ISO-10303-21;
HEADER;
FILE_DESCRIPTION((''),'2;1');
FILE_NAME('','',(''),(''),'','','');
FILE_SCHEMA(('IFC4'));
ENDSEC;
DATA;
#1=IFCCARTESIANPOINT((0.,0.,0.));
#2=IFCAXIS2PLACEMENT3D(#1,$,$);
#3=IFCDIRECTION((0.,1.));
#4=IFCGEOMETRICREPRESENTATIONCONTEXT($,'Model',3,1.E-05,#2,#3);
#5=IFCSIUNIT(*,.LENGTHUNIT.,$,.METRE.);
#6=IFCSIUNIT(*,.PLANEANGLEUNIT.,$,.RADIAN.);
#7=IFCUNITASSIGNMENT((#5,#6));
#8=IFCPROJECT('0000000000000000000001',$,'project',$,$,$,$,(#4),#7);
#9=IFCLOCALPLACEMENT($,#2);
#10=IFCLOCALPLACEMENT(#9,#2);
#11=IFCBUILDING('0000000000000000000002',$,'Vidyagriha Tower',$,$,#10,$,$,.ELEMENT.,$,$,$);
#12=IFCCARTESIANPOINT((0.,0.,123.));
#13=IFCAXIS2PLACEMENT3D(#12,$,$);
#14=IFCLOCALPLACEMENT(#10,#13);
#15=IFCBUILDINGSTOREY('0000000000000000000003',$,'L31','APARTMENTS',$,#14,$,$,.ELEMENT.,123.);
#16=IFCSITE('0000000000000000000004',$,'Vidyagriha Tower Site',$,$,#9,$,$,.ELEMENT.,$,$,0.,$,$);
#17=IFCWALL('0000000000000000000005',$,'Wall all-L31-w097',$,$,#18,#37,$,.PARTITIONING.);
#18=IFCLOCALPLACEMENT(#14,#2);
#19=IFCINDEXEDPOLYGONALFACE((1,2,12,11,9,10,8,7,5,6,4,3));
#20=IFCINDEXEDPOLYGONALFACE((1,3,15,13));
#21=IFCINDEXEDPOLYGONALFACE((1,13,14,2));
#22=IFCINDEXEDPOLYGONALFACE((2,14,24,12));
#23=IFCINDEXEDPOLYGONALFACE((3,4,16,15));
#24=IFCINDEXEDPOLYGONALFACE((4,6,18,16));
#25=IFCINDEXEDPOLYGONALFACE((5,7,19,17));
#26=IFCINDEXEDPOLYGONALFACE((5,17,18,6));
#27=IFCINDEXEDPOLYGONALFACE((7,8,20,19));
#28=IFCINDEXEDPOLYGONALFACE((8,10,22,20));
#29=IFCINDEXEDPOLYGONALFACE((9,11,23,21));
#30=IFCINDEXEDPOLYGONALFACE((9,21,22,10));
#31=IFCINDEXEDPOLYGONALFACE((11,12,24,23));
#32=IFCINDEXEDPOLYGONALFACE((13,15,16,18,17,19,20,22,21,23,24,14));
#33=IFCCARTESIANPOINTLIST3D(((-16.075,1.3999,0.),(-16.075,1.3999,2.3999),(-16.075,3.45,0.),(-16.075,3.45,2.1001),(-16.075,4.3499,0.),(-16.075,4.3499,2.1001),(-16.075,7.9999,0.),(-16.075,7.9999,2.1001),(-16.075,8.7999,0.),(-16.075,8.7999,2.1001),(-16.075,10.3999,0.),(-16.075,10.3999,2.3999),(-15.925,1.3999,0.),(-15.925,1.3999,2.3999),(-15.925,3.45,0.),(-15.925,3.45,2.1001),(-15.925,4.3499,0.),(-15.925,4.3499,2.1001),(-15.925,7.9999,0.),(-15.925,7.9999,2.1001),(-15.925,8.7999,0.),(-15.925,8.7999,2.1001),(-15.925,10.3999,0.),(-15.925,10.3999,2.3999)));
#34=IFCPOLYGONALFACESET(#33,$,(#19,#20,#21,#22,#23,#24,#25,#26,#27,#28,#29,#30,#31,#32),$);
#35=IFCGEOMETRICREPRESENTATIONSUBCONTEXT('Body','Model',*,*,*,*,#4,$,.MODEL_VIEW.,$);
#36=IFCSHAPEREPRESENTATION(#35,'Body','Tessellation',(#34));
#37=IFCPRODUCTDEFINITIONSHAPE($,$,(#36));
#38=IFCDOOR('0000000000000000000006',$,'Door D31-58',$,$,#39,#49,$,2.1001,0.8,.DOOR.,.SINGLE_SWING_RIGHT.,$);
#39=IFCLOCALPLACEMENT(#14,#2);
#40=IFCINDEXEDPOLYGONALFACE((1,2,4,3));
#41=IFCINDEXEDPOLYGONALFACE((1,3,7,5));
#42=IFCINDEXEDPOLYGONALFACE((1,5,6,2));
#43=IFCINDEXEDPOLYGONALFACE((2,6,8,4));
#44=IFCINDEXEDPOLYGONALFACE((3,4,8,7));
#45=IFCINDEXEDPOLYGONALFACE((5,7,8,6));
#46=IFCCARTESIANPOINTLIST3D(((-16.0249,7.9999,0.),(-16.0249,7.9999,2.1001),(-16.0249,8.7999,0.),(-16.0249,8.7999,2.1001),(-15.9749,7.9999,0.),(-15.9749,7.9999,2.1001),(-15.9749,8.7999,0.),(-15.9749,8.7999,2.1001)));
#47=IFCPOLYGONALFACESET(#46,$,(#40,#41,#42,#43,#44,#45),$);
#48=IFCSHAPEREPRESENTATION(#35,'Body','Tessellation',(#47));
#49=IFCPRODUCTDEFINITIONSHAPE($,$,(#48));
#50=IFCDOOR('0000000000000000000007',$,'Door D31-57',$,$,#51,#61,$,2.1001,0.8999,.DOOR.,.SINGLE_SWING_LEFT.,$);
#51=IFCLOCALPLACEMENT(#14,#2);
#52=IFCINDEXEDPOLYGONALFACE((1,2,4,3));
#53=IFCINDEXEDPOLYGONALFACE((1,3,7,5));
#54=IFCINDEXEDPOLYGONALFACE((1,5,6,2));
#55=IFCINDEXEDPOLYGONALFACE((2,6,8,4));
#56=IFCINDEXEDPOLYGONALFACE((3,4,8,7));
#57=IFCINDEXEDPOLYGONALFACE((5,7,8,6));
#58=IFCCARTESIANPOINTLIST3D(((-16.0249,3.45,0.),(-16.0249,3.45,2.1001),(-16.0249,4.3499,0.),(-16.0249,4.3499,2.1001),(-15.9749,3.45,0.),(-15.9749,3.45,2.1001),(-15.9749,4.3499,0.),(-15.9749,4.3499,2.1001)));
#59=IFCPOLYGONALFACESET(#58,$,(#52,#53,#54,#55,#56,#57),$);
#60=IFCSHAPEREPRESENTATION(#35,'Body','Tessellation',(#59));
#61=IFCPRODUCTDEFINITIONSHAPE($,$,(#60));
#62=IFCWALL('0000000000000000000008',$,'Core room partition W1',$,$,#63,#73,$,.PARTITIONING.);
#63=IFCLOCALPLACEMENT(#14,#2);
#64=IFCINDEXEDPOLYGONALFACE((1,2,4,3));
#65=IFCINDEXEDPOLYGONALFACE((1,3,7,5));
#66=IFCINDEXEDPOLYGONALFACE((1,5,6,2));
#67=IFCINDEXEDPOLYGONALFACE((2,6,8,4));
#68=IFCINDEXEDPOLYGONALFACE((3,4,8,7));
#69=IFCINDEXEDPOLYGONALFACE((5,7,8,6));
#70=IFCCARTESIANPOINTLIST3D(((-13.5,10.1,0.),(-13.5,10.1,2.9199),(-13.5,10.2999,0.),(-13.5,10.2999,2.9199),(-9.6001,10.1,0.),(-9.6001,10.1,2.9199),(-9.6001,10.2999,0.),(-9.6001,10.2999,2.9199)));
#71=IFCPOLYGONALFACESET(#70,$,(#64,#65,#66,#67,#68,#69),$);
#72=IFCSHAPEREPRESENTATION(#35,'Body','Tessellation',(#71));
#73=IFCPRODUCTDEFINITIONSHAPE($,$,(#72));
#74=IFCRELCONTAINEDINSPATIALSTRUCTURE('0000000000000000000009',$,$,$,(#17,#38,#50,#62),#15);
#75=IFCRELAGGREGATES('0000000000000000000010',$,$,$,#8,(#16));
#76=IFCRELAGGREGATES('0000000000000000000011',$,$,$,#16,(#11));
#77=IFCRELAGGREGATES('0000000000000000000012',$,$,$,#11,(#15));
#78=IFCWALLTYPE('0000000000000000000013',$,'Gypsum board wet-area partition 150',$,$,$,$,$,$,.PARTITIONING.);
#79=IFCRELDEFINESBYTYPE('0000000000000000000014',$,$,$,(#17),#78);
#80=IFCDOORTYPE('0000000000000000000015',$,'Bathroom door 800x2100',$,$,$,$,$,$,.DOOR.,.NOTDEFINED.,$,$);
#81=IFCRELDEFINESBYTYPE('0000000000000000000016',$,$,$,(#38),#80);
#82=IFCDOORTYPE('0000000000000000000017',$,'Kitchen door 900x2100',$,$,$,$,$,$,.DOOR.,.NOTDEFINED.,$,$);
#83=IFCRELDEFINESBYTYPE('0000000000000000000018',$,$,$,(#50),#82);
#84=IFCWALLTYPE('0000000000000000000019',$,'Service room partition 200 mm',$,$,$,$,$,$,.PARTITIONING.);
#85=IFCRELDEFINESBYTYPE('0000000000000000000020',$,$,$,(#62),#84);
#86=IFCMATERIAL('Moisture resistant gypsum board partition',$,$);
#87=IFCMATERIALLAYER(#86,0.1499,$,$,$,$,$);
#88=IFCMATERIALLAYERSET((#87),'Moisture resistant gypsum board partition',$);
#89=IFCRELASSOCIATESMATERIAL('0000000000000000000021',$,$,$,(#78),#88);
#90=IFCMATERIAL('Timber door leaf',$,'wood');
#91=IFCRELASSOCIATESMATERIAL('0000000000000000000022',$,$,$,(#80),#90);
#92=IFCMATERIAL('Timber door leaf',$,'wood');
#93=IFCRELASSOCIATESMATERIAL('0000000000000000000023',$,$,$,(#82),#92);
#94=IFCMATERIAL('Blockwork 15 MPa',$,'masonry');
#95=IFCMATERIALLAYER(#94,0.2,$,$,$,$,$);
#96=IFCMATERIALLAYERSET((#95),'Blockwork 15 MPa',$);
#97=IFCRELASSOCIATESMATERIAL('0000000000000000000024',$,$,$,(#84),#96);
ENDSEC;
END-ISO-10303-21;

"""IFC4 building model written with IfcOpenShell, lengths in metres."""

from ifc_helpers import new_model, si_unit, direction, frame, frame_2d, origin, place, context, subcontext, project, spatial, rectangle, extrude, material, layer, layer_set, type_object, element, fill, save


model = new_model("IFC4")

# Units and contexts
model_context = context("Model", 3, precision=1e-05, world=origin(), true_north=direction((0.0, 1.0)))
body_context = subcontext(model_context, "Body", "Model", "MODEL_VIEW")
ifc_project = project(units=[si_unit("LENGTHUNIT", "METRE"), si_unit("PLANEANGLEUNIT", "RADIAN")], contexts=[model_context])

# Site, building, storey
site_placement = place(None, origin())
site = spatial("IfcSite", under=ifc_project, at=site_placement, Name="Vidyagriha Tower Site", CompositionType="ELEMENT", RefElevation=0.0)
building_placement = place(site_placement, origin())
building = spatial("IfcBuilding", under=site, at=building_placement, Name="Vidyagriha Tower", CompositionType="ELEMENT")
storey_placement = place(building_placement, frame((0.0, 0.0, 123.0)))
storey = spatial("IfcBuildingStorey", under=building, at=storey_placement, Name="L31", Description="APARTMENTS", CompositionType="ELEMENT", Elevation=123.0)

# Wall, openings, doors
ifc_material_1 = material(Name="Moisture resistant gypsum board partition")
ifc_layer_1 = layer(ifc_material_1, 0.1499)
ifc_layer_set_1 = layer_set([ifc_layer_1], Name="Moisture resistant gypsum board partition")
wall_type_1 = type_object("IfcWallType", Name="Gypsum board wet-area partition 150", PredefinedType="PARTITIONING", material=ifc_layer_set_1)
wall_1_placement = place(storey_placement, frame((-16.0, 1.3999, 0.0), z_axis=(0.0, 0.0, 1.0), x_axis=(0.0, 1.0, 0.0)))
wall_1 = element("IfcWall", 1, at=wall_1_placement, inside=storey, type_object=wall_type_1, Name="Wall all-L31-w097", PredefinedType="PARTITIONING", context=body_context, shape_type="SweptSolid", body=[
    extrude(rectangle(XDim=9.0, YDim=0.1499, at=frame_2d((4.5, 0.0))), origin(), (0.0, 0.0, 1.0), 2.3999),
])
opening_1_placement = place(wall_1_placement, frame((2.05, 0.0, 0.0)))
opening_1 = element("IfcOpeningElement", 2, at=opening_1_placement, cuts=wall_1, PredefinedType="OPENING", context=body_context, shape_type="SweptSolid", body=[
    extrude(rectangle(XDim=0.8999, YDim=2.1001, at=frame_2d((0.45, 1.05))), frame((0.0, 0.085, 0.0), z_axis=(0.0, -1.0, 0.0), x_axis=(1.0, 0.0, 0.0)), (0.0, 0.0, 1.0), 0.1699),
])
opening_2_placement = place(wall_1_placement, frame((6.6001, 0.0, 0.0)))
opening_2 = element("IfcOpeningElement", 3, at=opening_2_placement, cuts=wall_1, PredefinedType="OPENING", context=body_context, shape_type="SweptSolid", body=[
    extrude(rectangle(XDim=0.8, YDim=2.1001, at=frame_2d((0.3999, 1.05))), frame((0.0, 0.085, 0.0), z_axis=(0.0, -1.0, 0.0), x_axis=(1.0, 0.0, 0.0)), (0.0, 0.0, 1.0), 0.1699),
])
ifc_material_2 = material(Name="Timber door leaf", Category="wood")
door_type_1 = type_object("IfcDoorType", Name="Bathroom door 800x2100", OperationType="NOTDEFINED", PredefinedType="DOOR", material=ifc_material_2)
door_1_placement = place(opening_2_placement, origin())
door_1 = element("IfcDoor", 4, at=door_1_placement, inside=storey, type_object=door_type_1, Name="Door D31-58", OperationType="SINGLE_SWING_RIGHT", OverallHeight=2.1001, OverallWidth=0.8, PredefinedType="DOOR", context=body_context, shape_type="SweptSolid", body=[
    extrude(rectangle(XDim=0.8, YDim=2.1001, at=frame_2d((0.3999, 1.05))), frame((0.0, 0.0249, 0.0), z_axis=(0.0, -1.0, 0.0), x_axis=(1.0, 0.0, 0.0)), (0.0, 0.0, 1.0), 0.05),
])
fill(opening_2, door_1)
ifc_material_3 = material(Name="Timber door leaf", Category="wood")
door_type_2 = type_object("IfcDoorType", Name="Kitchen door 900x2100", OperationType="NOTDEFINED", PredefinedType="DOOR", material=ifc_material_3)
door_2_placement = place(opening_1_placement, origin())
door_2 = element("IfcDoor", 5, at=door_2_placement, inside=storey, type_object=door_type_2, Name="Door D31-57", OperationType="SINGLE_SWING_LEFT", OverallHeight=2.1001, OverallWidth=0.8999, PredefinedType="DOOR", context=body_context, shape_type="SweptSolid", body=[
    extrude(rectangle(XDim=0.8999, YDim=2.1001, at=frame_2d((0.45, 1.05))), frame((0.0, 0.0249, 0.0), z_axis=(0.0, -1.0, 0.0), x_axis=(1.0, 0.0, 0.0)), (0.0, 0.0, 1.0), 0.05),
])
fill(opening_1, door_2)

# Wall
ifc_material_4 = material(Name="Blockwork 15 MPa", Category="masonry")
ifc_layer_2 = layer(ifc_material_4, 0.2)
ifc_layer_set_2 = layer_set([ifc_layer_2], Name="Blockwork 15 MPa")
wall_type_2 = type_object("IfcWallType", Name="Service room partition 200 mm", PredefinedType="PARTITIONING", material=ifc_layer_set_2)
wall_2_placement = place(storey_placement, frame((-13.5, 10.2, 0.0)))
element("IfcWall", 6, at=wall_2_placement, inside=storey, type_object=wall_type_2, Name="Core room partition W1", PredefinedType="PARTITIONING", context=body_context, shape_type="SweptSolid", body=[
    extrude(rectangle(XDim=3.8999, YDim=0.2, at=frame_2d((1.95, 0.0))), origin(), (0.0, 0.0, 1.0), 2.9199),
])

save(model, "model.ifc")
